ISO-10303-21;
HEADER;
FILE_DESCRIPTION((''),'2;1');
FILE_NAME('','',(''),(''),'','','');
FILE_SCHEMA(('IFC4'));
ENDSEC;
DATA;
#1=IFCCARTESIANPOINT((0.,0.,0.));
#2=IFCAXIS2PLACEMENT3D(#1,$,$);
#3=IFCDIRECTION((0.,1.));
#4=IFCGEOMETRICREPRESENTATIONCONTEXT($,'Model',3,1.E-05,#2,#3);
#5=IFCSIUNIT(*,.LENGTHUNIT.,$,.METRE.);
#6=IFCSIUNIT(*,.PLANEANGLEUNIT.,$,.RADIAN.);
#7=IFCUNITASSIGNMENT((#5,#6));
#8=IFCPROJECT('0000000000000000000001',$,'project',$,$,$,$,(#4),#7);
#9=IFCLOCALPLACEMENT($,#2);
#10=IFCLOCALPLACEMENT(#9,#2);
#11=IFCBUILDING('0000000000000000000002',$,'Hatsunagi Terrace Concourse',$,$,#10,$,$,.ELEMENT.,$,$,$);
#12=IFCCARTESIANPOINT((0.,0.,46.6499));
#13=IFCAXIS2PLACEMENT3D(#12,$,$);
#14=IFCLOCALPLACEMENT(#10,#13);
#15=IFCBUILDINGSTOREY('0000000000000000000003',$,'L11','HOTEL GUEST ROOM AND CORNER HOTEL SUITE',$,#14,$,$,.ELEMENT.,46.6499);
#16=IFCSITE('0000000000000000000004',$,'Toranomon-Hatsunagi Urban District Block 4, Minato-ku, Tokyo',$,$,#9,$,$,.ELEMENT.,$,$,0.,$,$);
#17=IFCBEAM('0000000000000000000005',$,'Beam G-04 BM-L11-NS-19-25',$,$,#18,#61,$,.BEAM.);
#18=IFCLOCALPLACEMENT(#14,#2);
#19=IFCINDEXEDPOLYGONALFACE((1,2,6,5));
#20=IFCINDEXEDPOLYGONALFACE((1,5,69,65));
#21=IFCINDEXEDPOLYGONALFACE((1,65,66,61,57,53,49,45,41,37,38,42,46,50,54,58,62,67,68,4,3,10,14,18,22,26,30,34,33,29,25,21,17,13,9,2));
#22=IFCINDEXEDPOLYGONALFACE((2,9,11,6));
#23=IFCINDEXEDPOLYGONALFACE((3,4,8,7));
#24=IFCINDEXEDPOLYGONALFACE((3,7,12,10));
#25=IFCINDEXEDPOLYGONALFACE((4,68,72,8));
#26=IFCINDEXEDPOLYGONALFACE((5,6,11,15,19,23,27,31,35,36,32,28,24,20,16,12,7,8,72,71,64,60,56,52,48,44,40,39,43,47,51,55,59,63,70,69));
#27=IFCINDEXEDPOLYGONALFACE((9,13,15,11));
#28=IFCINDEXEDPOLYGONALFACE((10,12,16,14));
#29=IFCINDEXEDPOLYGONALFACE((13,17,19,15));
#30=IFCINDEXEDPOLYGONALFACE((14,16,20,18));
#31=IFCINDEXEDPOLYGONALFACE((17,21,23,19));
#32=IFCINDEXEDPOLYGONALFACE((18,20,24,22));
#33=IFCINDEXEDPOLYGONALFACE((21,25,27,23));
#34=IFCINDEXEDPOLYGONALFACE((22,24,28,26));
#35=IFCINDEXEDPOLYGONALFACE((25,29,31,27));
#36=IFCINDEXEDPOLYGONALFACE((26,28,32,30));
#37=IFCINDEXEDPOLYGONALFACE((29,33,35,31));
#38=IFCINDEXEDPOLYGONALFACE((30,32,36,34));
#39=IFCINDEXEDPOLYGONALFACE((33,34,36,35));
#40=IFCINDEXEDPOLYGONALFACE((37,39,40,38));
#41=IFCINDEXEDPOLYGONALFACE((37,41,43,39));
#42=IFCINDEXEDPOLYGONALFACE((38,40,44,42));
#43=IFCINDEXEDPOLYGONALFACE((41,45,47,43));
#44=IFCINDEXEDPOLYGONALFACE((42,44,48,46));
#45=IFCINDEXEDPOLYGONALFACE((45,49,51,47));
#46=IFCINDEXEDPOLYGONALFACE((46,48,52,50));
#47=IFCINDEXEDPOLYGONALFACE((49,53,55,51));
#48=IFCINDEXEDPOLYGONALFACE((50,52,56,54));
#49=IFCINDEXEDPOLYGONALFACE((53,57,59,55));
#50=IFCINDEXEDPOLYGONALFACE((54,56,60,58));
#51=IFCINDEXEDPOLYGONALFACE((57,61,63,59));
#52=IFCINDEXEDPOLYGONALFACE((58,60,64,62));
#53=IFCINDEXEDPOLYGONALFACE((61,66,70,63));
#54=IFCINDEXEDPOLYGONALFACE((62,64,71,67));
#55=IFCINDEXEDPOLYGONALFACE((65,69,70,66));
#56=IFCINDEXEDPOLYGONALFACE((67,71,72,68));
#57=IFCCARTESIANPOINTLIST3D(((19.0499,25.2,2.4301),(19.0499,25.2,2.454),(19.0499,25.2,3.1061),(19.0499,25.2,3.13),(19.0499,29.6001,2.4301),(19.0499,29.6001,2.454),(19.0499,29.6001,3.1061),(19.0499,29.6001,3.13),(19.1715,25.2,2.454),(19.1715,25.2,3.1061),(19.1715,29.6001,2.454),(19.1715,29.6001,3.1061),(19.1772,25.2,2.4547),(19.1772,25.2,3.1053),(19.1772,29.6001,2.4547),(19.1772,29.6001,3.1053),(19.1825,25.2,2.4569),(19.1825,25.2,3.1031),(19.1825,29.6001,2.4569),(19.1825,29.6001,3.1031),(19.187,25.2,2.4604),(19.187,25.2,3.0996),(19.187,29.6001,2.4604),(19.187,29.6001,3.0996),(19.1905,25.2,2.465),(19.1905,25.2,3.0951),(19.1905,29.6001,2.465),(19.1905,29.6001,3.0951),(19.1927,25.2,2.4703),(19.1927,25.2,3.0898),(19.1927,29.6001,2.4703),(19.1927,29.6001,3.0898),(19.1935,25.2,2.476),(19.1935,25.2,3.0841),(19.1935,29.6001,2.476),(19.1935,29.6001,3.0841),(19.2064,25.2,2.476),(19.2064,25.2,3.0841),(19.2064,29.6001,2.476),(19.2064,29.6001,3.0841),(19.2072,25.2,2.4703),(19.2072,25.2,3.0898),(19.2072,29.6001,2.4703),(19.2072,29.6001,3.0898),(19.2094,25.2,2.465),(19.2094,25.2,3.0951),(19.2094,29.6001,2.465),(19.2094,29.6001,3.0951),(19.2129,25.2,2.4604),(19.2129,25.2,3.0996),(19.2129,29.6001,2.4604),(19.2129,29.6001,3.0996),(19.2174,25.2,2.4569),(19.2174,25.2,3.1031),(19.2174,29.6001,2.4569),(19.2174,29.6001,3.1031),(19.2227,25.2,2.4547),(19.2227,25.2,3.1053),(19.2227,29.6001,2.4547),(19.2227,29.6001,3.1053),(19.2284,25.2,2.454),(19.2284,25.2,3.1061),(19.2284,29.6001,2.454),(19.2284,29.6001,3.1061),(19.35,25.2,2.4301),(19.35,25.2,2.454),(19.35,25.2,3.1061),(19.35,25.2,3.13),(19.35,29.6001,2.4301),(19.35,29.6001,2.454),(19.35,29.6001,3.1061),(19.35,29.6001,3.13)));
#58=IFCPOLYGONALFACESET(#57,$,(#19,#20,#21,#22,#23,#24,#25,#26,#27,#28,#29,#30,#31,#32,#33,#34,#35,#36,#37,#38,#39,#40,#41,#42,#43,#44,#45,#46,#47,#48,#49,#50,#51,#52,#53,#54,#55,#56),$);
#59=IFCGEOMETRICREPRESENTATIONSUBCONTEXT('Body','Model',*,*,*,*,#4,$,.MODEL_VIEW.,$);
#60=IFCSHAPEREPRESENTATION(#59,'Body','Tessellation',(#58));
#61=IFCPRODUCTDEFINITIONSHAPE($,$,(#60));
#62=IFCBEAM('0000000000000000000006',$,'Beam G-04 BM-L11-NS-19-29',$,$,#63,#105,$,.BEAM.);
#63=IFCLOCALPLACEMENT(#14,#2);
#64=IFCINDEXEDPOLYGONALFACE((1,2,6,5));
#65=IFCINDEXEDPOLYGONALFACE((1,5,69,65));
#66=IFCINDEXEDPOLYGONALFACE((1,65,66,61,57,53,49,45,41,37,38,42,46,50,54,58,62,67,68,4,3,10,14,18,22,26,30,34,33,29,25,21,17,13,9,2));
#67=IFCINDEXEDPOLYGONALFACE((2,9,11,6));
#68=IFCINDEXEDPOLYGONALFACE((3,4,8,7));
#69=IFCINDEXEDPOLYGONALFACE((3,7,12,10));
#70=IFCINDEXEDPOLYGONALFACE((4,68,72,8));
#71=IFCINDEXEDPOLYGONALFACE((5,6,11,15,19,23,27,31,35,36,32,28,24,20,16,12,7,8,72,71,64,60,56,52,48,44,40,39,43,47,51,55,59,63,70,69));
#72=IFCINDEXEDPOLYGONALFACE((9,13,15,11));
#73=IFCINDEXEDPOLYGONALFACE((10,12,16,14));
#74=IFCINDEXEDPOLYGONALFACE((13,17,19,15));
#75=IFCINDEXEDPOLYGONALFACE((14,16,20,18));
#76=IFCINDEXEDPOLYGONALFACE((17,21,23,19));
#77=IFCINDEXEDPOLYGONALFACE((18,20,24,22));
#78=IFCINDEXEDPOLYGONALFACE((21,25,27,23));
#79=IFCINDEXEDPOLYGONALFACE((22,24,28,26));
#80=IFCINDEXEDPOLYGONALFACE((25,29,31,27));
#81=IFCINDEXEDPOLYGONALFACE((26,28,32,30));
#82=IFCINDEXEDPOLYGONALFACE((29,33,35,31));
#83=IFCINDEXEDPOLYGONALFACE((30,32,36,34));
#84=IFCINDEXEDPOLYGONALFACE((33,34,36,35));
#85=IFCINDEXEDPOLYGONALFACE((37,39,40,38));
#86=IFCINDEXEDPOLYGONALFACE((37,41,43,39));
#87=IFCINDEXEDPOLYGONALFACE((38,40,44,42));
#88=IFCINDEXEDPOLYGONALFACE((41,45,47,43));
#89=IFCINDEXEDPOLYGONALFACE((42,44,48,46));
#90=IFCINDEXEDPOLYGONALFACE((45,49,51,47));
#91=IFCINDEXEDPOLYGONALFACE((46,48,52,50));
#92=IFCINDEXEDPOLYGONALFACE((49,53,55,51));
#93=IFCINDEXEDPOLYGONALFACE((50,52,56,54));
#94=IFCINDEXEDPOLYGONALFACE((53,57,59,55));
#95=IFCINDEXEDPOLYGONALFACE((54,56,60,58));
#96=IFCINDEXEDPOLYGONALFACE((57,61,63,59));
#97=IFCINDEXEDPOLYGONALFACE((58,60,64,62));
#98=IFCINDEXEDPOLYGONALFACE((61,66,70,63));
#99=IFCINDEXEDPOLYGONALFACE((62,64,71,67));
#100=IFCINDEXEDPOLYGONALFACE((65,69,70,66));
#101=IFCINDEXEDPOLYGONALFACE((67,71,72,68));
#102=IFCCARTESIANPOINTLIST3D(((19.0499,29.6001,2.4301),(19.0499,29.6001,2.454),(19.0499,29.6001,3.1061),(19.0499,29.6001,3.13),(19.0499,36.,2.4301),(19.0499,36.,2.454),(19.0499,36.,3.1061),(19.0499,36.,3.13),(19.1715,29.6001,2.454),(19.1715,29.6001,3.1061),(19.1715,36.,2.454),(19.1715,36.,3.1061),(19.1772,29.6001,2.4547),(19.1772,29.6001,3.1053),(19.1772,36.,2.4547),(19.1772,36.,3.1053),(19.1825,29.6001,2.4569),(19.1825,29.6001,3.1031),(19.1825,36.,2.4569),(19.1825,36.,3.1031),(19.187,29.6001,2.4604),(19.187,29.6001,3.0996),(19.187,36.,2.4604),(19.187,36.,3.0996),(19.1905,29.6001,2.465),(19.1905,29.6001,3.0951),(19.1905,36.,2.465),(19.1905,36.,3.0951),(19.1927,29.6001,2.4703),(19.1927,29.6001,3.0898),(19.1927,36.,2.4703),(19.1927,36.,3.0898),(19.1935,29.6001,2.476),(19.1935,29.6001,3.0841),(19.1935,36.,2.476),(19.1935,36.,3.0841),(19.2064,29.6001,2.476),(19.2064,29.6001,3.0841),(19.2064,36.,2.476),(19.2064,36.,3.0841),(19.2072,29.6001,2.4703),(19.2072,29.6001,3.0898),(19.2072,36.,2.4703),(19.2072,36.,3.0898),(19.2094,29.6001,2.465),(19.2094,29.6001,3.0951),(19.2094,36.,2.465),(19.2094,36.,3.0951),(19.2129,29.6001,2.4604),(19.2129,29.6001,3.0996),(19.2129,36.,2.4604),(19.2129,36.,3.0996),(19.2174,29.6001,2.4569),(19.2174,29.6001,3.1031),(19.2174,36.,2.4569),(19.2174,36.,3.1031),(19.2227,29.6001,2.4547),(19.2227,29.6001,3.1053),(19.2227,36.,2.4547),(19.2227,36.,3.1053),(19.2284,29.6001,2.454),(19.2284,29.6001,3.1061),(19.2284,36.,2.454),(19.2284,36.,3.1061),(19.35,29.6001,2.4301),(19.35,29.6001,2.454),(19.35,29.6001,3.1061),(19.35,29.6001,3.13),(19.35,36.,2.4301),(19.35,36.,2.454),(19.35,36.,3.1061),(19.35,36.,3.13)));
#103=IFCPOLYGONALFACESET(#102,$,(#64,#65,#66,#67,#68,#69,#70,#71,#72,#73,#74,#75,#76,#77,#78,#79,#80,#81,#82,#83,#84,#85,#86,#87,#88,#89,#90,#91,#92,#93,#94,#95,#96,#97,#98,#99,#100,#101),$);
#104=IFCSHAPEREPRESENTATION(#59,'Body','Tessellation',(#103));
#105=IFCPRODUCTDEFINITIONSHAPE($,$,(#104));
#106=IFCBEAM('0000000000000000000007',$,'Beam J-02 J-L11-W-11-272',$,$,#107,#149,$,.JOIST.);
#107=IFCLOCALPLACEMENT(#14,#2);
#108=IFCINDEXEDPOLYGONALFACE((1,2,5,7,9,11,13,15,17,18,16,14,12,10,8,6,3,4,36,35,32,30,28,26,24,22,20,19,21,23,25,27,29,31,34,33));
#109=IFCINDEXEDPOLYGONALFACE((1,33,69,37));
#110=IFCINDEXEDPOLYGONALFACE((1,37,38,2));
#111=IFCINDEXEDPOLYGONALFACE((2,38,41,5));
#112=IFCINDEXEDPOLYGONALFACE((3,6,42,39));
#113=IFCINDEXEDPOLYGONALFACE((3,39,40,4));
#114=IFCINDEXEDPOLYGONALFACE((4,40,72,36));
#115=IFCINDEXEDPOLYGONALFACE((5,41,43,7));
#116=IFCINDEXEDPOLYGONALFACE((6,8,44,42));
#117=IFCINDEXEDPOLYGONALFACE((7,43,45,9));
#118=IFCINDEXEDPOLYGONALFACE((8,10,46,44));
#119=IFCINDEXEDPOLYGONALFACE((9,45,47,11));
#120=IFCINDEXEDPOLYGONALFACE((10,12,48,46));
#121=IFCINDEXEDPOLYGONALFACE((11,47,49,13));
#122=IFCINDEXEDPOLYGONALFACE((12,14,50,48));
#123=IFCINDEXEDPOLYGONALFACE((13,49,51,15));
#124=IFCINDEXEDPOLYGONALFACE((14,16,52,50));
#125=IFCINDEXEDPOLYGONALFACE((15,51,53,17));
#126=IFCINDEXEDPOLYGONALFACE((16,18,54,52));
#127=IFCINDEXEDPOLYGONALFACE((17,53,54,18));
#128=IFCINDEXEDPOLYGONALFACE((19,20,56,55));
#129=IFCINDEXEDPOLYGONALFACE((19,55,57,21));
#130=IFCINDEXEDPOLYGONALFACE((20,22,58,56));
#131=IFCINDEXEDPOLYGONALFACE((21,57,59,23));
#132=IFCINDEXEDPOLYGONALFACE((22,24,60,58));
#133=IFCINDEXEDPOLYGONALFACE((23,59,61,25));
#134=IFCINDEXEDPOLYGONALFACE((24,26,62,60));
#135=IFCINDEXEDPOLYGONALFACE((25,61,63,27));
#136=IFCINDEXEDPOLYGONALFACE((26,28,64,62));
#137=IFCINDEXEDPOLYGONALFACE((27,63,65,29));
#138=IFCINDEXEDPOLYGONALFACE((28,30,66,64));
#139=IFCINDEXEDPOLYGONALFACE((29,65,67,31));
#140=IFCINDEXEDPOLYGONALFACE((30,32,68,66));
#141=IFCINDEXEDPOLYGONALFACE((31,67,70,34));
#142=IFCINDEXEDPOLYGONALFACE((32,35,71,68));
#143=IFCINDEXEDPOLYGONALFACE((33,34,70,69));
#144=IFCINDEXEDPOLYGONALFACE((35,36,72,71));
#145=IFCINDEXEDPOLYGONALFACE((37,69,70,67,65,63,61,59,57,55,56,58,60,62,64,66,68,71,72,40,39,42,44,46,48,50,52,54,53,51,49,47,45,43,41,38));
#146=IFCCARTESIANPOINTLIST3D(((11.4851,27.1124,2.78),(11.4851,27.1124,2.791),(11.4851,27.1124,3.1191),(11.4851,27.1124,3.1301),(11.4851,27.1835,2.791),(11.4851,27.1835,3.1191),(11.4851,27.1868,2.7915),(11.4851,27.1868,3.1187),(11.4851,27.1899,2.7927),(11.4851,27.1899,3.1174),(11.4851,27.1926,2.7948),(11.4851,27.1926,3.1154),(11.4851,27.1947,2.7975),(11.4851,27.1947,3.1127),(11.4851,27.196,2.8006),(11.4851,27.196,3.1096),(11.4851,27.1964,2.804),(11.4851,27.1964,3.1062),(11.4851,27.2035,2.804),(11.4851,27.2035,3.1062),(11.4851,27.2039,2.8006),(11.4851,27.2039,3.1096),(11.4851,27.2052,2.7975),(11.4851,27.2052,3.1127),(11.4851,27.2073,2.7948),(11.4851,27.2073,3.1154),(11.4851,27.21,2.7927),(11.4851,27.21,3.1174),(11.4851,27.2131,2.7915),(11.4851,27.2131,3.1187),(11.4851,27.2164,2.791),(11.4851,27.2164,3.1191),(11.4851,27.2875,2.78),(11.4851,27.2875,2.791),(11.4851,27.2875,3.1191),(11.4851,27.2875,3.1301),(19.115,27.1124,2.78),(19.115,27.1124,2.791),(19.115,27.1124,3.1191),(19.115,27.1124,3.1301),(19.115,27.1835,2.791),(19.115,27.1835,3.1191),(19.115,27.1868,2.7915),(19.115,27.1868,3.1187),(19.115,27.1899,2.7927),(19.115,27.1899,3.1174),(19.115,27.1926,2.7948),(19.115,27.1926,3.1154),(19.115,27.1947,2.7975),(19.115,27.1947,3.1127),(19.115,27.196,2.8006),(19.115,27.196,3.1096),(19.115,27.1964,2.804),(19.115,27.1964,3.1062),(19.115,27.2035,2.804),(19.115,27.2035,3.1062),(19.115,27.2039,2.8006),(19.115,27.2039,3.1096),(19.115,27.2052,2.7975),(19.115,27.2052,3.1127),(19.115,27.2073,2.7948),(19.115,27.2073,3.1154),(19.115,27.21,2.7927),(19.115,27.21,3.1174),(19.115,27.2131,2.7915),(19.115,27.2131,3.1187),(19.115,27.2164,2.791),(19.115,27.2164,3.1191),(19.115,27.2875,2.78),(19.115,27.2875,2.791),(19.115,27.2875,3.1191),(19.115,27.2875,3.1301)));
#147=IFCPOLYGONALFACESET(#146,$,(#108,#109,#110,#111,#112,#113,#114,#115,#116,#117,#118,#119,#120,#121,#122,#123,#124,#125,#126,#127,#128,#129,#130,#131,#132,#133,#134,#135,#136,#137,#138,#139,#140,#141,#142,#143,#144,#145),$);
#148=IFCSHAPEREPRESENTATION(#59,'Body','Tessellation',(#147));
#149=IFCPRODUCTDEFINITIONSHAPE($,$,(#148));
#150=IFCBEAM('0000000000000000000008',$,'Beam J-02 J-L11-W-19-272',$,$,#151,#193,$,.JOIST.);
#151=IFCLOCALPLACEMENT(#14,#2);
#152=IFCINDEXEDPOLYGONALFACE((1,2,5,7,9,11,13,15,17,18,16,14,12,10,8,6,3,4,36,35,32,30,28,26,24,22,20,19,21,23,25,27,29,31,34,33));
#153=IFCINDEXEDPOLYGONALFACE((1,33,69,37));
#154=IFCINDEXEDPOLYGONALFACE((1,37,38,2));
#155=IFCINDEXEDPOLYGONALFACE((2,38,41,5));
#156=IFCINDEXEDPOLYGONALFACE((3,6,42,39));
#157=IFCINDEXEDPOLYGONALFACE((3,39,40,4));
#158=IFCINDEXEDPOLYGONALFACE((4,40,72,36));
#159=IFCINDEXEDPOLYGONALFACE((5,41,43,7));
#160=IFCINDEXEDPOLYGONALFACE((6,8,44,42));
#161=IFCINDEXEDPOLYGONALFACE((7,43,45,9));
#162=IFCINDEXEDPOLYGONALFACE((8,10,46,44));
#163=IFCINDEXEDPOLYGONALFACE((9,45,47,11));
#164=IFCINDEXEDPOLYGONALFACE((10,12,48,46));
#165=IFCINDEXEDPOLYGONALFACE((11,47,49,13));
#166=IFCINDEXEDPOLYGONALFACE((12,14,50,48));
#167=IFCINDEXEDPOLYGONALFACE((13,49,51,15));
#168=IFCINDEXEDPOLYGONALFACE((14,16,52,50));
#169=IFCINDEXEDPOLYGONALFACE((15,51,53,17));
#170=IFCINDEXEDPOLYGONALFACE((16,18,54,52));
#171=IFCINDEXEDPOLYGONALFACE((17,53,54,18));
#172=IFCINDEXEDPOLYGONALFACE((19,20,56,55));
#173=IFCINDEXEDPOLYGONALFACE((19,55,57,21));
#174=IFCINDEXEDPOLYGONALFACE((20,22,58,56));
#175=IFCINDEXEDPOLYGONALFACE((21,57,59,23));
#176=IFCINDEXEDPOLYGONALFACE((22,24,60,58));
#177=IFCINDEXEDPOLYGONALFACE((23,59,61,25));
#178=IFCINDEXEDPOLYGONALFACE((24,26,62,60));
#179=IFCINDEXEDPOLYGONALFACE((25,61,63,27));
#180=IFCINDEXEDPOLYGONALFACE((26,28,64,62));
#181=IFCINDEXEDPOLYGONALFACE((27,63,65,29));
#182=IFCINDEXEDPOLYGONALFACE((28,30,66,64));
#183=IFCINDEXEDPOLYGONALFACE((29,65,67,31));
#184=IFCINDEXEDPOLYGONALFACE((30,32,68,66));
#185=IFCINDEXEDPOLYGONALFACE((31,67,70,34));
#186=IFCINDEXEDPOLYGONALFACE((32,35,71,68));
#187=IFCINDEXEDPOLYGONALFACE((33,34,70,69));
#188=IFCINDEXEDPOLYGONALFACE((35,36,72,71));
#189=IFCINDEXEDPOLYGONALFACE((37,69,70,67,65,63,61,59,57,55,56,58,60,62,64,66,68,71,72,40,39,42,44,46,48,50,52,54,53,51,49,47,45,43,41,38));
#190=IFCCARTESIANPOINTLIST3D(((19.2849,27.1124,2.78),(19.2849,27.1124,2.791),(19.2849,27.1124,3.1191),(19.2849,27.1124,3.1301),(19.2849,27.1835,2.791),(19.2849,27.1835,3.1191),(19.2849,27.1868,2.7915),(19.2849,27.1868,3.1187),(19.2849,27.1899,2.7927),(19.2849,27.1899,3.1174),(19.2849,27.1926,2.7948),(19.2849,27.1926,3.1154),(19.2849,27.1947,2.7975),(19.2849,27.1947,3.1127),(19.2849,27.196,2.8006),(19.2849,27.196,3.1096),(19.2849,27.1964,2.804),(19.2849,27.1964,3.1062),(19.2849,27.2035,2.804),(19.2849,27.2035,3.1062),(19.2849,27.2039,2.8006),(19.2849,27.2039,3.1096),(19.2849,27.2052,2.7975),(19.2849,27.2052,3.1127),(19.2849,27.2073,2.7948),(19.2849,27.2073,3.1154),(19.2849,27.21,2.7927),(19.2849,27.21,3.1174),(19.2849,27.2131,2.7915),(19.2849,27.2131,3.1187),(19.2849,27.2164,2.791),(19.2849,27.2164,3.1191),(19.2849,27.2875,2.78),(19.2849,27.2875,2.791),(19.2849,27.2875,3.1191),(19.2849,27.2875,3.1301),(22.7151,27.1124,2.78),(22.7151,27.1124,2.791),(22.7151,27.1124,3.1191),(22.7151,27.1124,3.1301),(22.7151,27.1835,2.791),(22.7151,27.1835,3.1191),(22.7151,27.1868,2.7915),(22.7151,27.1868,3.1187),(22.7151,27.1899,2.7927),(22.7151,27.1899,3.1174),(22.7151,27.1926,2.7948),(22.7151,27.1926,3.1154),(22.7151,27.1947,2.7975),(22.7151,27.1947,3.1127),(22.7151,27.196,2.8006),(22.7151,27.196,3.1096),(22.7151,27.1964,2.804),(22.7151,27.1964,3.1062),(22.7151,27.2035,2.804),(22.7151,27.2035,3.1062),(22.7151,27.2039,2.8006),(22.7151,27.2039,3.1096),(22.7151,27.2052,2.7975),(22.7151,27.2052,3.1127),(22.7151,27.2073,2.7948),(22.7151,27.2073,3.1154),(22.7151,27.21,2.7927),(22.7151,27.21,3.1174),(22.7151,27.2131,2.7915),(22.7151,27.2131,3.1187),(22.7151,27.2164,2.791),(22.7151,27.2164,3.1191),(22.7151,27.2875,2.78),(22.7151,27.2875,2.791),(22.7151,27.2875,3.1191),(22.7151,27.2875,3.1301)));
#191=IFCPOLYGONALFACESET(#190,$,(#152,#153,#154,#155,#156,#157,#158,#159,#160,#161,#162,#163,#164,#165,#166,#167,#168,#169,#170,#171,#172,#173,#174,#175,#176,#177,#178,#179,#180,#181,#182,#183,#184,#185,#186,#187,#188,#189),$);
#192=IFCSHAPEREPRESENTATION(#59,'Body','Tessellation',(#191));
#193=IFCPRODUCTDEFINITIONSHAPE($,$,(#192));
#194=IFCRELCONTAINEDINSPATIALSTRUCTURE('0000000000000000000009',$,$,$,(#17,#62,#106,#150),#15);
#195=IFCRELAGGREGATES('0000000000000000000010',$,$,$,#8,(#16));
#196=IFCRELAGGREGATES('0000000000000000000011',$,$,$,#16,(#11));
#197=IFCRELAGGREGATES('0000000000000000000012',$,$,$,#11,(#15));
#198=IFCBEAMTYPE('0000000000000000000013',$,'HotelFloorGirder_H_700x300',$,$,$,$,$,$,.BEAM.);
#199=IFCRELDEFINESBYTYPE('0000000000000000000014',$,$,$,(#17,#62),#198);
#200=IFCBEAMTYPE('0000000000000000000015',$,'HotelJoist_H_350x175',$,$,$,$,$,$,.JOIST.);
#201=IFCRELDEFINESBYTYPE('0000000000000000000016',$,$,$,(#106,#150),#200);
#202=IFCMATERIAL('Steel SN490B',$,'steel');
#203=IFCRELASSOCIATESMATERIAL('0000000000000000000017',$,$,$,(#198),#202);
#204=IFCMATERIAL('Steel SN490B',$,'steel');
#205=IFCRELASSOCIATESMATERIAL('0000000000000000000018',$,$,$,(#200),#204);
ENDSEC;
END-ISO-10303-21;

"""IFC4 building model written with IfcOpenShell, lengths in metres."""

from ifc_helpers import new_model, si_unit, direction, frame, origin, origin_2d, place, context, subcontext, project, spatial, i_section, extrude, material, material_profile, profile_set, type_object, element, save


model = new_model("IFC4")

# Units and contexts
model_context = context("Model", 3, precision=1e-05, world=origin(), true_north=direction((0.0, 1.0)))
body_context = subcontext(model_context, "Body", "Model", "MODEL_VIEW")
ifc_project = project(units=[si_unit("LENGTHUNIT", "METRE"), si_unit("PLANEANGLEUNIT", "RADIAN")], contexts=[model_context])

# Site, building, storey
site_placement = place(None, origin())
site = spatial("IfcSite", under=ifc_project, at=site_placement, Name="Toranomon-Hatsunagi Urban District Block 4, Minato-ku, Tokyo", CompositionType="ELEMENT", RefElevation=0.0)
building_placement = place(site_placement, origin())
building = spatial("IfcBuilding", under=site, at=building_placement, Name="Hatsunagi Terrace Concourse", CompositionType="ELEMENT")
storey_placement = place(building_placement, frame((0.0, 0.0, 46.6499)))
storey = spatial("IfcBuildingStorey", under=building, at=storey_placement, Name="L11", Description="HOTEL GUEST ROOM AND CORNER HOTEL SUITE", CompositionType="ELEMENT", Elevation=46.6499)

# Beams
ifc_material_1 = material(Name="Steel SN490B", Category="steel")
ifc_material_profile_1 = material_profile(ifc_material_1, i_section(OverallWidth=0.3, OverallDepth=0.7, WebThickness=0.0129, FlangeThickness=0.0239, FilletRadius=0.022, at=origin_2d()), Name="H-700x300x13x24")
ifc_profile_set_1 = profile_set([ifc_material_profile_1], Name="Steel SN490B")
beam_type_1 = type_object("IfcBeamType", Name="HotelFloorGirder_H_700x300", PredefinedType="BEAM", material=ifc_profile_set_1)
beam_1_placement = place(storey_placement, frame((19.2, 25.2, 2.78), z_axis=(0.0, 1.0, 0.0), x_axis=(-1.0, 0.0, 0.0)))
element("IfcBeam", 1, at=beam_1_placement, inside=storey, type_object=beam_type_1, Name="Beam G-04 BM-L11-NS-19-25", PredefinedType="BEAM", context=body_context, shape_type="SweptSolid", body=[
    extrude(i_section(OverallWidth=0.3, OverallDepth=0.7, WebThickness=0.0129, FlangeThickness=0.0239, FilletRadius=0.022, at=origin_2d()), origin(), (0.0, 0.0, 1.0), 4.4001),
])
beam_2_placement = place(storey_placement, frame((19.2, 29.6001, 2.78), z_axis=(0.0, 1.0, 0.0), x_axis=(-1.0, 0.0, 0.0)))
element("IfcBeam", 2, at=beam_2_placement, inside=storey, type_object=beam_type_1, Name="Beam G-04 BM-L11-NS-19-29", PredefinedType="BEAM", context=body_context, shape_type="SweptSolid", body=[
    extrude(i_section(OverallWidth=0.3, OverallDepth=0.7, WebThickness=0.0129, FlangeThickness=0.0239, FilletRadius=0.022, at=origin_2d()), origin(), (0.0, 0.0, 1.0), 6.3999),
])
ifc_material_2 = material(Name="Steel SN490B", Category="steel")
ifc_material_profile_2 = material_profile(ifc_material_2, i_section(OverallWidth=0.175, OverallDepth=0.3501, WebThickness=0.0071, FlangeThickness=0.011, FilletRadius=0.0129, at=origin_2d()), Name="H-350x175x7x11")
ifc_profile_set_2 = profile_set([ifc_material_profile_2], Name="Steel SN490B")
beam_type_2 = type_object("IfcBeamType", Name="HotelJoist_H_350x175", PredefinedType="JOIST", material=ifc_profile_set_2)
beam_3_placement = place(storey_placement, frame((11.4851, 27.2, 2.9551), z_axis=(1.0, 0.0, 0.0), x_axis=(0.0, 1.0, 0.0)))
element("IfcBeam", 3, at=beam_3_placement, inside=storey, type_object=beam_type_2, Name="Beam J-02 J-L11-W-11-272", PredefinedType="JOIST", context=body_context, shape_type="SweptSolid", body=[
    extrude(i_section(OverallWidth=0.175, OverallDepth=0.3501, WebThickness=0.0071, FlangeThickness=0.011, FilletRadius=0.0129, at=origin_2d()), origin(), (0.0, 0.0, 1.0), 7.6299),
])
beam_4_placement = place(storey_placement, frame((19.2849, 27.2, 2.9551), z_axis=(1.0, 0.0, 0.0), x_axis=(0.0, 1.0, 0.0)))
element("IfcBeam", 4, at=beam_4_placement, inside=storey, type_object=beam_type_2, Name="Beam J-02 J-L11-W-19-272", PredefinedType="JOIST", context=body_context, shape_type="SweptSolid", body=[
    extrude(i_section(OverallWidth=0.175, OverallDepth=0.3501, WebThickness=0.0071, FlangeThickness=0.011, FilletRadius=0.0129, at=origin_2d()), origin(), (0.0, 0.0, 1.0), 3.4302),
])

save(model, "model.ifc")
